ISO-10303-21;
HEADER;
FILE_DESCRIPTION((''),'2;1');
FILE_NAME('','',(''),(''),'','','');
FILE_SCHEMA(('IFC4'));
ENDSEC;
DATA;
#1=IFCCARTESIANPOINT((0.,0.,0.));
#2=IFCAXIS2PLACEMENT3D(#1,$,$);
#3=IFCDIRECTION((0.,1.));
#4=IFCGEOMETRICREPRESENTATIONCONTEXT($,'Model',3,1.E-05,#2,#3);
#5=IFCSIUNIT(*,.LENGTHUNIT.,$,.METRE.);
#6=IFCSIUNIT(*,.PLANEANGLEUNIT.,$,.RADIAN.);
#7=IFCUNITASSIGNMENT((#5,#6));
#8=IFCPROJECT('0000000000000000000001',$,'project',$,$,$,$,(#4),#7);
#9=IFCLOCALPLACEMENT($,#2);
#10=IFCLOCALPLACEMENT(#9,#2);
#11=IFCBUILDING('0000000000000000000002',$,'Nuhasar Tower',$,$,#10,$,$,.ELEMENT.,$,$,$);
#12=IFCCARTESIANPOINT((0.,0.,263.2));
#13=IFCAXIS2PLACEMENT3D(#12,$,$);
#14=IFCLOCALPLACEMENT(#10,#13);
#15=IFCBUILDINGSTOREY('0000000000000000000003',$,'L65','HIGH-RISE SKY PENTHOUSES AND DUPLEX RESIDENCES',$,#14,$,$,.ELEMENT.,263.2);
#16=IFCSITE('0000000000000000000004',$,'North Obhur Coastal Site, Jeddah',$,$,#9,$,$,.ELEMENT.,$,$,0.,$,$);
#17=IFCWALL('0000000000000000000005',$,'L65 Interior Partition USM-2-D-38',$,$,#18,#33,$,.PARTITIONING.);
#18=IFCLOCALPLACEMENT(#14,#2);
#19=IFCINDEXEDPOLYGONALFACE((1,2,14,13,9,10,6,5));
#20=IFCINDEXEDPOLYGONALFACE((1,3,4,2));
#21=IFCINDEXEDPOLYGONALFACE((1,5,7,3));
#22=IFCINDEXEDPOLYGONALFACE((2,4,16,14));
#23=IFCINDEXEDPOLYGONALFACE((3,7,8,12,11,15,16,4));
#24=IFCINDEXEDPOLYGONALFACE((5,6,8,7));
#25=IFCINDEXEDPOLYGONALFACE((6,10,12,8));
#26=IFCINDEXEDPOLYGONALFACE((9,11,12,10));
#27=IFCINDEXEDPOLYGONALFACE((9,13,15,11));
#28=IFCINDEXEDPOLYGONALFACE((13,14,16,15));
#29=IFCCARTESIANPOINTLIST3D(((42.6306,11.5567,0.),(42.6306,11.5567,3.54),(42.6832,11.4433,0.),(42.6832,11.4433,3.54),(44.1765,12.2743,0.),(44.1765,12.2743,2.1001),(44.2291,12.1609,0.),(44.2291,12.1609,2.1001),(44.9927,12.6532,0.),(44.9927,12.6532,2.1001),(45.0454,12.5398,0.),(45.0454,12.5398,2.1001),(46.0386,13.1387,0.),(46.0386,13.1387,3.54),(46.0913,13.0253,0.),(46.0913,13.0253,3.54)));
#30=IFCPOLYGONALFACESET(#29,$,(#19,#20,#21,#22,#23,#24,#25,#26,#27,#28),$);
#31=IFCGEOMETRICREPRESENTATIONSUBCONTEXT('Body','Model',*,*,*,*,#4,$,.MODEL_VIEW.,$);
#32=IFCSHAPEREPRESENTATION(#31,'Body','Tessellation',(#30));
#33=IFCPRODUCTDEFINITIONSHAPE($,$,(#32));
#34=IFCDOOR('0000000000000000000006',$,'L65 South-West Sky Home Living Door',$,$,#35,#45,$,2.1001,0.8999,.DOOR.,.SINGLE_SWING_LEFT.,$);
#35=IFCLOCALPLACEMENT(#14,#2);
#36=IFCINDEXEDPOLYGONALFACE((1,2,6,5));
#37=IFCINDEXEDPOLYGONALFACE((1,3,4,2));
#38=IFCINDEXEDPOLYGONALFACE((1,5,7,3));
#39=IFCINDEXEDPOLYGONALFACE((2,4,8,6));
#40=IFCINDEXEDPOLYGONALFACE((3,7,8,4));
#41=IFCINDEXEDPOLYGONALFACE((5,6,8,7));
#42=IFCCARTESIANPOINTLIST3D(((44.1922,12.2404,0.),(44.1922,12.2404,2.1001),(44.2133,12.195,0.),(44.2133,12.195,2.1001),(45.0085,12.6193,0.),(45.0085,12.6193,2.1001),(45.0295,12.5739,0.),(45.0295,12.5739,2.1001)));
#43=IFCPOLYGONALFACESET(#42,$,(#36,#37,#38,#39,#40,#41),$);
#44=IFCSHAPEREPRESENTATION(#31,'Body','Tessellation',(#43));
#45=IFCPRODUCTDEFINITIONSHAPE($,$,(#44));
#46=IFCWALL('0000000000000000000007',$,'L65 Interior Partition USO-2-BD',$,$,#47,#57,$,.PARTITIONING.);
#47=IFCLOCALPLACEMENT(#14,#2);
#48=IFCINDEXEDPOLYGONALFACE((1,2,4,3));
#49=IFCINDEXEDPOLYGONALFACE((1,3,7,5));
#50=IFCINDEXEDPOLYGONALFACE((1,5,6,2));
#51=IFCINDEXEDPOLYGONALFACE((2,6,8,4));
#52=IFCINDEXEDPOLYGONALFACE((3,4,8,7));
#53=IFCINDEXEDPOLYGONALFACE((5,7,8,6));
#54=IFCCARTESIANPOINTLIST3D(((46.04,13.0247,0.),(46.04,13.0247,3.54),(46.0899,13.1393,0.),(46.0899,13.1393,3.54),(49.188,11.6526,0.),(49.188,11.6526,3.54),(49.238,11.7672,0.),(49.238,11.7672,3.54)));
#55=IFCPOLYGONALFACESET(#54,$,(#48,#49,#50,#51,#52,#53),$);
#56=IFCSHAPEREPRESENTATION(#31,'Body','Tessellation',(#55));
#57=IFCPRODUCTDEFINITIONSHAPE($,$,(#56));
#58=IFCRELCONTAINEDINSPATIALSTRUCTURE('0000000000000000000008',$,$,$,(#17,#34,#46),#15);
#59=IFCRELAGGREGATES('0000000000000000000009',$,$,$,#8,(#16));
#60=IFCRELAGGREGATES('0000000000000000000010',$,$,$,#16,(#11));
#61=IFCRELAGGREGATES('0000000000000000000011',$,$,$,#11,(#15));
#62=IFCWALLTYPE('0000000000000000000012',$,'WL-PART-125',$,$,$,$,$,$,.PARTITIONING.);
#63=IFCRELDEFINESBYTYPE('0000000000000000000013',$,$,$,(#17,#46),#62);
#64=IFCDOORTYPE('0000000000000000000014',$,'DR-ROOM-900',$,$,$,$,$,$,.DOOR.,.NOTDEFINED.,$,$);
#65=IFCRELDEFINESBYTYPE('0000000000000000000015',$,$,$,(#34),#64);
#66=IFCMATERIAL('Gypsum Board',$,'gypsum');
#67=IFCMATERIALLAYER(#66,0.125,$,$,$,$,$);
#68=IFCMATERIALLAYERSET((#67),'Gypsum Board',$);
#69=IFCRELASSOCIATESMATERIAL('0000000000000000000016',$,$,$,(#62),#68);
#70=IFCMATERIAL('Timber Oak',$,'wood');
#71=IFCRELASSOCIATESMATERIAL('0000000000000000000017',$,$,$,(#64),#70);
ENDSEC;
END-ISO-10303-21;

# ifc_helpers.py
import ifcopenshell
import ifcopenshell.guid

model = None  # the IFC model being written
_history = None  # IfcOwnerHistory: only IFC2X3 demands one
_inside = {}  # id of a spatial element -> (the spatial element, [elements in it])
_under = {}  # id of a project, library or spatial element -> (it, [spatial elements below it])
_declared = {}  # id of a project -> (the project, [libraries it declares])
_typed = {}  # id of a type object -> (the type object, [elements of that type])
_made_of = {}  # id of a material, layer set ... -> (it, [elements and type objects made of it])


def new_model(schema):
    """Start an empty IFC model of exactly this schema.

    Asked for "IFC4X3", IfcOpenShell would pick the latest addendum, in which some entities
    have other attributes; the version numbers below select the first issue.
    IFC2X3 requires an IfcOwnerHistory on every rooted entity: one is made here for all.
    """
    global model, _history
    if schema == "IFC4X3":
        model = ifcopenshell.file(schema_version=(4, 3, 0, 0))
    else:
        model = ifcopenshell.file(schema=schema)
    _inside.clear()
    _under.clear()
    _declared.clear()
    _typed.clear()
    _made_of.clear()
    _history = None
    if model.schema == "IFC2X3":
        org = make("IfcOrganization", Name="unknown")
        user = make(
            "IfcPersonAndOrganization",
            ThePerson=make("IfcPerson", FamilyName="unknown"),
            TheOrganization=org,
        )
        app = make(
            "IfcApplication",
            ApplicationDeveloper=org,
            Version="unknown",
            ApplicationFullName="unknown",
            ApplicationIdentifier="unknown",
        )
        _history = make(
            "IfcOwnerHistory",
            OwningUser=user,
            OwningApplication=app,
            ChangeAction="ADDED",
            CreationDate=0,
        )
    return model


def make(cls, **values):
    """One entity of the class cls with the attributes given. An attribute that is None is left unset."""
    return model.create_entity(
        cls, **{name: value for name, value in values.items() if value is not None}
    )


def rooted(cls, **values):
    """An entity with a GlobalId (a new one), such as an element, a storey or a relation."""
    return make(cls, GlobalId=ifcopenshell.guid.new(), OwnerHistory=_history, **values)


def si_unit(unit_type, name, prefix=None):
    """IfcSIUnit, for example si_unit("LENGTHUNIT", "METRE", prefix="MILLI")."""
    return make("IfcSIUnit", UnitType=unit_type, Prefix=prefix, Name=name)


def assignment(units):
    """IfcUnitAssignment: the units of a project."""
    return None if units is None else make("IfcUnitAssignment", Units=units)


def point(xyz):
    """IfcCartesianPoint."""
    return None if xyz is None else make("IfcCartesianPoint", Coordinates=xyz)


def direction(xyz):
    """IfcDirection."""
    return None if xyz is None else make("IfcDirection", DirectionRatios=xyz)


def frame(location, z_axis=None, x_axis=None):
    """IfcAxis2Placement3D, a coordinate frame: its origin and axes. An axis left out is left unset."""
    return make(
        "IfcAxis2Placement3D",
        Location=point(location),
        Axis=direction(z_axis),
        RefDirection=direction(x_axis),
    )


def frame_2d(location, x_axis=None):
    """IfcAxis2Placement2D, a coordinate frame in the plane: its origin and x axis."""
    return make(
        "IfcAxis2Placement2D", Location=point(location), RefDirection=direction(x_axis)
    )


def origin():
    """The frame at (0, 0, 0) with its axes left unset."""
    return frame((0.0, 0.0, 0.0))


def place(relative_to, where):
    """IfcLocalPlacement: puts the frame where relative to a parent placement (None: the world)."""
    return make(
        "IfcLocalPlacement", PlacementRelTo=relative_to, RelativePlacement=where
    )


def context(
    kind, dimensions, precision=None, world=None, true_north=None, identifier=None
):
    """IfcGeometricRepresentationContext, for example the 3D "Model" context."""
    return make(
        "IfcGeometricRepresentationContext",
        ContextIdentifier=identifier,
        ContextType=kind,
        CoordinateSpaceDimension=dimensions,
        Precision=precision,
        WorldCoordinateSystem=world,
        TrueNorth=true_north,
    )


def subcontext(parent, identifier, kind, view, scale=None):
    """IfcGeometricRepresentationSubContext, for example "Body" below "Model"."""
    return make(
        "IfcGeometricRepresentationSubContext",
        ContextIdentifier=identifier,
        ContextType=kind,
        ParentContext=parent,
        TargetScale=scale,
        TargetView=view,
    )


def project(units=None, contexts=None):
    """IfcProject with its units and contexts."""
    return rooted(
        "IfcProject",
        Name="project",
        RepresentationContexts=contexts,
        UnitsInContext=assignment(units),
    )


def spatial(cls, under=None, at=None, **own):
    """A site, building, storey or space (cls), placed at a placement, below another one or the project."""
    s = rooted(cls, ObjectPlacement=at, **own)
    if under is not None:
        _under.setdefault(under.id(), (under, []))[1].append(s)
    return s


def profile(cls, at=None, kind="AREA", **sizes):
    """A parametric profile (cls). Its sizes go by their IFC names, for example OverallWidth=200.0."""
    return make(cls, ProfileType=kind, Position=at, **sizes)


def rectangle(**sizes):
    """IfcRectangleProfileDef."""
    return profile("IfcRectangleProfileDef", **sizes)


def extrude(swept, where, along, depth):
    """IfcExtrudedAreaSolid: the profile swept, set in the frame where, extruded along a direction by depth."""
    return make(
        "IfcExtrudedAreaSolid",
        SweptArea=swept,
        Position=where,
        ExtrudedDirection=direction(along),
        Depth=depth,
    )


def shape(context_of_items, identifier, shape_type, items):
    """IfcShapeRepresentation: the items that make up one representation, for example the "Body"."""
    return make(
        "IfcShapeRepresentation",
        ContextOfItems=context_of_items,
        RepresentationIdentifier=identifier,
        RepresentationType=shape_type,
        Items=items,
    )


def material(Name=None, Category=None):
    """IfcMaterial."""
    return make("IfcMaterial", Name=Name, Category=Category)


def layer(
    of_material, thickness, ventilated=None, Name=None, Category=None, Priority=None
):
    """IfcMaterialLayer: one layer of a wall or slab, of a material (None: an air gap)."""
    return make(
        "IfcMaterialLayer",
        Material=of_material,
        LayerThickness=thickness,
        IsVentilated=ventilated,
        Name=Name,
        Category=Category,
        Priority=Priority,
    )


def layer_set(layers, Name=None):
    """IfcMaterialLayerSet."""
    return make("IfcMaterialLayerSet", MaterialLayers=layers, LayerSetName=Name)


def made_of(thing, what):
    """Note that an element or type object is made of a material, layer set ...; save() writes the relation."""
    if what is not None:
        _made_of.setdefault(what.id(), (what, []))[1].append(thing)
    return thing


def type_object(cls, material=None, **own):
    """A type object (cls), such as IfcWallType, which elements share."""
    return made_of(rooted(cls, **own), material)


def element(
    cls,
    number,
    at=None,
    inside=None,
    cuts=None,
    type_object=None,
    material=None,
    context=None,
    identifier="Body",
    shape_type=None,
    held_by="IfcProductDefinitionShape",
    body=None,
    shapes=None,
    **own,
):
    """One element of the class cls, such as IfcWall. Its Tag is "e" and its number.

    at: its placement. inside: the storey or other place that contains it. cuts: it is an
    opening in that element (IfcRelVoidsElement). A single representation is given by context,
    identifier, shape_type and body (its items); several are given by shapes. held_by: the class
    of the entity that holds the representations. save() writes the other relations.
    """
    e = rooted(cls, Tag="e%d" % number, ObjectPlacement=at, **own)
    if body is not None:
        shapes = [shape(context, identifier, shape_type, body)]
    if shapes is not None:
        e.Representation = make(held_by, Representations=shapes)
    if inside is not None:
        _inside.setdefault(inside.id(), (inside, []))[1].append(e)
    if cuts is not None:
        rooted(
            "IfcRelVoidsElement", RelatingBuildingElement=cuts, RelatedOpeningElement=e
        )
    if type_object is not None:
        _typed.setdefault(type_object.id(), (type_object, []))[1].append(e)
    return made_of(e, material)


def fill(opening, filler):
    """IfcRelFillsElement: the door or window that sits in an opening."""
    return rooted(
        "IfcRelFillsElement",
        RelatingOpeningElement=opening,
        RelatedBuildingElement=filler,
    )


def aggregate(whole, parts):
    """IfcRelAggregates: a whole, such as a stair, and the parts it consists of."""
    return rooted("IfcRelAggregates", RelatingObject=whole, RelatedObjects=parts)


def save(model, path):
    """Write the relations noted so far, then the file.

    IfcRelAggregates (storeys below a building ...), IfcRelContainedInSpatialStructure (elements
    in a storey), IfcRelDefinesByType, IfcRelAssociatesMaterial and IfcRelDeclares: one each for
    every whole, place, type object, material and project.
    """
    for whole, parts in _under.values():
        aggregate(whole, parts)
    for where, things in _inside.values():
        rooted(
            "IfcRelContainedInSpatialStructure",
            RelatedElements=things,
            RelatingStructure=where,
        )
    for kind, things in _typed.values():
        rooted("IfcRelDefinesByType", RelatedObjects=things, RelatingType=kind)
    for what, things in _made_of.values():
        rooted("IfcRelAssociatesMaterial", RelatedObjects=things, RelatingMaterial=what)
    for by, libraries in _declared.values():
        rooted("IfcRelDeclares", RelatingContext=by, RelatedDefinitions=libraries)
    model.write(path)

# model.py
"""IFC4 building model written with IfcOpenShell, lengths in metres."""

from ifc_helpers import new_model, si_unit, direction, frame, frame_2d, origin, place, context, subcontext, project, spatial, rectangle, extrude, material, layer, layer_set, type_object, element, fill, save


model = new_model("IFC4")

# Units and contexts
model_context = context("Model", 3, precision=1e-05, world=origin(), true_north=direction((0.0, 1.0)))
body_context = subcontext(model_context, "Body", "Model", "MODEL_VIEW")
ifc_project = project(units=[si_unit("LENGTHUNIT", "METRE"), si_unit("PLANEANGLEUNIT", "RADIAN")], contexts=[model_context])

# Site, building, storey
site_placement = place(None, origin())
site = spatial("IfcSite", under=ifc_project, at=site_placement, Name="North Obhur Coastal Site, Jeddah", CompositionType="ELEMENT", RefElevation=0.0)
building_placement = place(site_placement, origin())
building = spatial("IfcBuilding", under=site, at=building_placement, Name="Nuhasar Tower", CompositionType="ELEMENT")
storey_placement = place(building_placement, frame((0.0, 0.0, 263.2)))
storey = spatial("IfcBuildingStorey", under=building, at=storey_placement, Name="L65", Description="HIGH-RISE SKY PENTHOUSES AND DUPLEX RESIDENCES", CompositionType="ELEMENT", Elevation=263.2)

# Shared definitions
ifc_material_1 = material(Name="Gypsum Board", Category="gypsum")

# Shared definitions
ifc_layer_1 = layer(ifc_material_1, 0.125)
ifc_layer_set_1 = layer_set([ifc_layer_1], Name="Gypsum Board")
wall_type_1 = type_object("IfcWallType", Name="WL-PART-125", PredefinedType="PARTITIONING", material=ifc_layer_set_1)

# Wall, opening, door
wall_1_placement = place(storey_placement, frame((46.0649, 13.082, 0.0), z_axis=(0.0, 0.0, 1.0), x_axis=(-0.907033, -0.42106, 0.0)))
wall_1 = element("IfcWall", 1, at=wall_1_placement, inside=storey, type_object=wall_type_1, Name="L65 Interior Partition USM-2-D-38", PredefinedType="PARTITIONING", context=body_context, shape_type="SweptSolid", body=[
    extrude(rectangle(XDim=3.7573, YDim=0.125, at=frame_2d((1.8787, 0.0))), origin(), (0.0, 0.0, 1.0), 3.54),
])
opening_1_placement = place(wall_1_placement, frame((1.1531, 0.0, 0.0)))
opening_1 = element("IfcOpeningElement", 2, at=opening_1_placement, cuts=wall_1, PredefinedType="OPENING", context=body_context, shape_type="SweptSolid", body=[
    extrude(rectangle(XDim=0.8999, YDim=2.1001, at=frame_2d((0.45, 1.05))), frame((0.0, 0.0725, 0.0), z_axis=(0.0, -1.0, 0.0), x_axis=(1.0, 0.0, 0.0)), (0.0, 0.0, 1.0), 0.145),
])
ifc_material_2 = material(Name="Timber Oak", Category="wood")
door_type_1 = type_object("IfcDoorType", Name="DR-ROOM-900", OperationType="NOTDEFINED", PredefinedType="DOOR", material=ifc_material_2)
door_1_placement = place(opening_1_placement, origin())
door_1 = element("IfcDoor", 3, at=door_1_placement, inside=storey, type_object=door_type_1, Name="L65 South-West Sky Home Living Door", OperationType="SINGLE_SWING_LEFT", OverallHeight=2.1001, OverallWidth=0.8999, PredefinedType="DOOR", context=body_context, shape_type="SweptSolid", body=[
    extrude(rectangle(XDim=0.8999, YDim=2.1001, at=frame_2d((0.45, 1.05))), frame((0.0, 0.0249, 0.0), z_axis=(0.0, -1.0, 0.0), x_axis=(1.0, 0.0, 0.0)), (0.0, 0.0, 1.0), 0.05),
])
fill(opening_1, door_1)

# Wall
wall_2_placement = place(storey_placement, frame((46.0649, 13.082, 0.0), z_axis=(0.0, 0.0, 1.0), x_axis=(0.916708, -0.399558, 0.0)))
element("IfcWall", 4, at=wall_2_placement, inside=storey, type_object=wall_type_1, Name="L65 Interior Partition USO-2-BD", PredefinedType="PARTITIONING", context=body_context, shape_type="SweptSolid", body=[
    extrude(rectangle(XDim=3.4341, YDim=0.125, at=frame_2d((1.717, 0.0))), origin(), (0.0, 0.0, 1.0), 3.54),
])

save(model, "model.ifc")
